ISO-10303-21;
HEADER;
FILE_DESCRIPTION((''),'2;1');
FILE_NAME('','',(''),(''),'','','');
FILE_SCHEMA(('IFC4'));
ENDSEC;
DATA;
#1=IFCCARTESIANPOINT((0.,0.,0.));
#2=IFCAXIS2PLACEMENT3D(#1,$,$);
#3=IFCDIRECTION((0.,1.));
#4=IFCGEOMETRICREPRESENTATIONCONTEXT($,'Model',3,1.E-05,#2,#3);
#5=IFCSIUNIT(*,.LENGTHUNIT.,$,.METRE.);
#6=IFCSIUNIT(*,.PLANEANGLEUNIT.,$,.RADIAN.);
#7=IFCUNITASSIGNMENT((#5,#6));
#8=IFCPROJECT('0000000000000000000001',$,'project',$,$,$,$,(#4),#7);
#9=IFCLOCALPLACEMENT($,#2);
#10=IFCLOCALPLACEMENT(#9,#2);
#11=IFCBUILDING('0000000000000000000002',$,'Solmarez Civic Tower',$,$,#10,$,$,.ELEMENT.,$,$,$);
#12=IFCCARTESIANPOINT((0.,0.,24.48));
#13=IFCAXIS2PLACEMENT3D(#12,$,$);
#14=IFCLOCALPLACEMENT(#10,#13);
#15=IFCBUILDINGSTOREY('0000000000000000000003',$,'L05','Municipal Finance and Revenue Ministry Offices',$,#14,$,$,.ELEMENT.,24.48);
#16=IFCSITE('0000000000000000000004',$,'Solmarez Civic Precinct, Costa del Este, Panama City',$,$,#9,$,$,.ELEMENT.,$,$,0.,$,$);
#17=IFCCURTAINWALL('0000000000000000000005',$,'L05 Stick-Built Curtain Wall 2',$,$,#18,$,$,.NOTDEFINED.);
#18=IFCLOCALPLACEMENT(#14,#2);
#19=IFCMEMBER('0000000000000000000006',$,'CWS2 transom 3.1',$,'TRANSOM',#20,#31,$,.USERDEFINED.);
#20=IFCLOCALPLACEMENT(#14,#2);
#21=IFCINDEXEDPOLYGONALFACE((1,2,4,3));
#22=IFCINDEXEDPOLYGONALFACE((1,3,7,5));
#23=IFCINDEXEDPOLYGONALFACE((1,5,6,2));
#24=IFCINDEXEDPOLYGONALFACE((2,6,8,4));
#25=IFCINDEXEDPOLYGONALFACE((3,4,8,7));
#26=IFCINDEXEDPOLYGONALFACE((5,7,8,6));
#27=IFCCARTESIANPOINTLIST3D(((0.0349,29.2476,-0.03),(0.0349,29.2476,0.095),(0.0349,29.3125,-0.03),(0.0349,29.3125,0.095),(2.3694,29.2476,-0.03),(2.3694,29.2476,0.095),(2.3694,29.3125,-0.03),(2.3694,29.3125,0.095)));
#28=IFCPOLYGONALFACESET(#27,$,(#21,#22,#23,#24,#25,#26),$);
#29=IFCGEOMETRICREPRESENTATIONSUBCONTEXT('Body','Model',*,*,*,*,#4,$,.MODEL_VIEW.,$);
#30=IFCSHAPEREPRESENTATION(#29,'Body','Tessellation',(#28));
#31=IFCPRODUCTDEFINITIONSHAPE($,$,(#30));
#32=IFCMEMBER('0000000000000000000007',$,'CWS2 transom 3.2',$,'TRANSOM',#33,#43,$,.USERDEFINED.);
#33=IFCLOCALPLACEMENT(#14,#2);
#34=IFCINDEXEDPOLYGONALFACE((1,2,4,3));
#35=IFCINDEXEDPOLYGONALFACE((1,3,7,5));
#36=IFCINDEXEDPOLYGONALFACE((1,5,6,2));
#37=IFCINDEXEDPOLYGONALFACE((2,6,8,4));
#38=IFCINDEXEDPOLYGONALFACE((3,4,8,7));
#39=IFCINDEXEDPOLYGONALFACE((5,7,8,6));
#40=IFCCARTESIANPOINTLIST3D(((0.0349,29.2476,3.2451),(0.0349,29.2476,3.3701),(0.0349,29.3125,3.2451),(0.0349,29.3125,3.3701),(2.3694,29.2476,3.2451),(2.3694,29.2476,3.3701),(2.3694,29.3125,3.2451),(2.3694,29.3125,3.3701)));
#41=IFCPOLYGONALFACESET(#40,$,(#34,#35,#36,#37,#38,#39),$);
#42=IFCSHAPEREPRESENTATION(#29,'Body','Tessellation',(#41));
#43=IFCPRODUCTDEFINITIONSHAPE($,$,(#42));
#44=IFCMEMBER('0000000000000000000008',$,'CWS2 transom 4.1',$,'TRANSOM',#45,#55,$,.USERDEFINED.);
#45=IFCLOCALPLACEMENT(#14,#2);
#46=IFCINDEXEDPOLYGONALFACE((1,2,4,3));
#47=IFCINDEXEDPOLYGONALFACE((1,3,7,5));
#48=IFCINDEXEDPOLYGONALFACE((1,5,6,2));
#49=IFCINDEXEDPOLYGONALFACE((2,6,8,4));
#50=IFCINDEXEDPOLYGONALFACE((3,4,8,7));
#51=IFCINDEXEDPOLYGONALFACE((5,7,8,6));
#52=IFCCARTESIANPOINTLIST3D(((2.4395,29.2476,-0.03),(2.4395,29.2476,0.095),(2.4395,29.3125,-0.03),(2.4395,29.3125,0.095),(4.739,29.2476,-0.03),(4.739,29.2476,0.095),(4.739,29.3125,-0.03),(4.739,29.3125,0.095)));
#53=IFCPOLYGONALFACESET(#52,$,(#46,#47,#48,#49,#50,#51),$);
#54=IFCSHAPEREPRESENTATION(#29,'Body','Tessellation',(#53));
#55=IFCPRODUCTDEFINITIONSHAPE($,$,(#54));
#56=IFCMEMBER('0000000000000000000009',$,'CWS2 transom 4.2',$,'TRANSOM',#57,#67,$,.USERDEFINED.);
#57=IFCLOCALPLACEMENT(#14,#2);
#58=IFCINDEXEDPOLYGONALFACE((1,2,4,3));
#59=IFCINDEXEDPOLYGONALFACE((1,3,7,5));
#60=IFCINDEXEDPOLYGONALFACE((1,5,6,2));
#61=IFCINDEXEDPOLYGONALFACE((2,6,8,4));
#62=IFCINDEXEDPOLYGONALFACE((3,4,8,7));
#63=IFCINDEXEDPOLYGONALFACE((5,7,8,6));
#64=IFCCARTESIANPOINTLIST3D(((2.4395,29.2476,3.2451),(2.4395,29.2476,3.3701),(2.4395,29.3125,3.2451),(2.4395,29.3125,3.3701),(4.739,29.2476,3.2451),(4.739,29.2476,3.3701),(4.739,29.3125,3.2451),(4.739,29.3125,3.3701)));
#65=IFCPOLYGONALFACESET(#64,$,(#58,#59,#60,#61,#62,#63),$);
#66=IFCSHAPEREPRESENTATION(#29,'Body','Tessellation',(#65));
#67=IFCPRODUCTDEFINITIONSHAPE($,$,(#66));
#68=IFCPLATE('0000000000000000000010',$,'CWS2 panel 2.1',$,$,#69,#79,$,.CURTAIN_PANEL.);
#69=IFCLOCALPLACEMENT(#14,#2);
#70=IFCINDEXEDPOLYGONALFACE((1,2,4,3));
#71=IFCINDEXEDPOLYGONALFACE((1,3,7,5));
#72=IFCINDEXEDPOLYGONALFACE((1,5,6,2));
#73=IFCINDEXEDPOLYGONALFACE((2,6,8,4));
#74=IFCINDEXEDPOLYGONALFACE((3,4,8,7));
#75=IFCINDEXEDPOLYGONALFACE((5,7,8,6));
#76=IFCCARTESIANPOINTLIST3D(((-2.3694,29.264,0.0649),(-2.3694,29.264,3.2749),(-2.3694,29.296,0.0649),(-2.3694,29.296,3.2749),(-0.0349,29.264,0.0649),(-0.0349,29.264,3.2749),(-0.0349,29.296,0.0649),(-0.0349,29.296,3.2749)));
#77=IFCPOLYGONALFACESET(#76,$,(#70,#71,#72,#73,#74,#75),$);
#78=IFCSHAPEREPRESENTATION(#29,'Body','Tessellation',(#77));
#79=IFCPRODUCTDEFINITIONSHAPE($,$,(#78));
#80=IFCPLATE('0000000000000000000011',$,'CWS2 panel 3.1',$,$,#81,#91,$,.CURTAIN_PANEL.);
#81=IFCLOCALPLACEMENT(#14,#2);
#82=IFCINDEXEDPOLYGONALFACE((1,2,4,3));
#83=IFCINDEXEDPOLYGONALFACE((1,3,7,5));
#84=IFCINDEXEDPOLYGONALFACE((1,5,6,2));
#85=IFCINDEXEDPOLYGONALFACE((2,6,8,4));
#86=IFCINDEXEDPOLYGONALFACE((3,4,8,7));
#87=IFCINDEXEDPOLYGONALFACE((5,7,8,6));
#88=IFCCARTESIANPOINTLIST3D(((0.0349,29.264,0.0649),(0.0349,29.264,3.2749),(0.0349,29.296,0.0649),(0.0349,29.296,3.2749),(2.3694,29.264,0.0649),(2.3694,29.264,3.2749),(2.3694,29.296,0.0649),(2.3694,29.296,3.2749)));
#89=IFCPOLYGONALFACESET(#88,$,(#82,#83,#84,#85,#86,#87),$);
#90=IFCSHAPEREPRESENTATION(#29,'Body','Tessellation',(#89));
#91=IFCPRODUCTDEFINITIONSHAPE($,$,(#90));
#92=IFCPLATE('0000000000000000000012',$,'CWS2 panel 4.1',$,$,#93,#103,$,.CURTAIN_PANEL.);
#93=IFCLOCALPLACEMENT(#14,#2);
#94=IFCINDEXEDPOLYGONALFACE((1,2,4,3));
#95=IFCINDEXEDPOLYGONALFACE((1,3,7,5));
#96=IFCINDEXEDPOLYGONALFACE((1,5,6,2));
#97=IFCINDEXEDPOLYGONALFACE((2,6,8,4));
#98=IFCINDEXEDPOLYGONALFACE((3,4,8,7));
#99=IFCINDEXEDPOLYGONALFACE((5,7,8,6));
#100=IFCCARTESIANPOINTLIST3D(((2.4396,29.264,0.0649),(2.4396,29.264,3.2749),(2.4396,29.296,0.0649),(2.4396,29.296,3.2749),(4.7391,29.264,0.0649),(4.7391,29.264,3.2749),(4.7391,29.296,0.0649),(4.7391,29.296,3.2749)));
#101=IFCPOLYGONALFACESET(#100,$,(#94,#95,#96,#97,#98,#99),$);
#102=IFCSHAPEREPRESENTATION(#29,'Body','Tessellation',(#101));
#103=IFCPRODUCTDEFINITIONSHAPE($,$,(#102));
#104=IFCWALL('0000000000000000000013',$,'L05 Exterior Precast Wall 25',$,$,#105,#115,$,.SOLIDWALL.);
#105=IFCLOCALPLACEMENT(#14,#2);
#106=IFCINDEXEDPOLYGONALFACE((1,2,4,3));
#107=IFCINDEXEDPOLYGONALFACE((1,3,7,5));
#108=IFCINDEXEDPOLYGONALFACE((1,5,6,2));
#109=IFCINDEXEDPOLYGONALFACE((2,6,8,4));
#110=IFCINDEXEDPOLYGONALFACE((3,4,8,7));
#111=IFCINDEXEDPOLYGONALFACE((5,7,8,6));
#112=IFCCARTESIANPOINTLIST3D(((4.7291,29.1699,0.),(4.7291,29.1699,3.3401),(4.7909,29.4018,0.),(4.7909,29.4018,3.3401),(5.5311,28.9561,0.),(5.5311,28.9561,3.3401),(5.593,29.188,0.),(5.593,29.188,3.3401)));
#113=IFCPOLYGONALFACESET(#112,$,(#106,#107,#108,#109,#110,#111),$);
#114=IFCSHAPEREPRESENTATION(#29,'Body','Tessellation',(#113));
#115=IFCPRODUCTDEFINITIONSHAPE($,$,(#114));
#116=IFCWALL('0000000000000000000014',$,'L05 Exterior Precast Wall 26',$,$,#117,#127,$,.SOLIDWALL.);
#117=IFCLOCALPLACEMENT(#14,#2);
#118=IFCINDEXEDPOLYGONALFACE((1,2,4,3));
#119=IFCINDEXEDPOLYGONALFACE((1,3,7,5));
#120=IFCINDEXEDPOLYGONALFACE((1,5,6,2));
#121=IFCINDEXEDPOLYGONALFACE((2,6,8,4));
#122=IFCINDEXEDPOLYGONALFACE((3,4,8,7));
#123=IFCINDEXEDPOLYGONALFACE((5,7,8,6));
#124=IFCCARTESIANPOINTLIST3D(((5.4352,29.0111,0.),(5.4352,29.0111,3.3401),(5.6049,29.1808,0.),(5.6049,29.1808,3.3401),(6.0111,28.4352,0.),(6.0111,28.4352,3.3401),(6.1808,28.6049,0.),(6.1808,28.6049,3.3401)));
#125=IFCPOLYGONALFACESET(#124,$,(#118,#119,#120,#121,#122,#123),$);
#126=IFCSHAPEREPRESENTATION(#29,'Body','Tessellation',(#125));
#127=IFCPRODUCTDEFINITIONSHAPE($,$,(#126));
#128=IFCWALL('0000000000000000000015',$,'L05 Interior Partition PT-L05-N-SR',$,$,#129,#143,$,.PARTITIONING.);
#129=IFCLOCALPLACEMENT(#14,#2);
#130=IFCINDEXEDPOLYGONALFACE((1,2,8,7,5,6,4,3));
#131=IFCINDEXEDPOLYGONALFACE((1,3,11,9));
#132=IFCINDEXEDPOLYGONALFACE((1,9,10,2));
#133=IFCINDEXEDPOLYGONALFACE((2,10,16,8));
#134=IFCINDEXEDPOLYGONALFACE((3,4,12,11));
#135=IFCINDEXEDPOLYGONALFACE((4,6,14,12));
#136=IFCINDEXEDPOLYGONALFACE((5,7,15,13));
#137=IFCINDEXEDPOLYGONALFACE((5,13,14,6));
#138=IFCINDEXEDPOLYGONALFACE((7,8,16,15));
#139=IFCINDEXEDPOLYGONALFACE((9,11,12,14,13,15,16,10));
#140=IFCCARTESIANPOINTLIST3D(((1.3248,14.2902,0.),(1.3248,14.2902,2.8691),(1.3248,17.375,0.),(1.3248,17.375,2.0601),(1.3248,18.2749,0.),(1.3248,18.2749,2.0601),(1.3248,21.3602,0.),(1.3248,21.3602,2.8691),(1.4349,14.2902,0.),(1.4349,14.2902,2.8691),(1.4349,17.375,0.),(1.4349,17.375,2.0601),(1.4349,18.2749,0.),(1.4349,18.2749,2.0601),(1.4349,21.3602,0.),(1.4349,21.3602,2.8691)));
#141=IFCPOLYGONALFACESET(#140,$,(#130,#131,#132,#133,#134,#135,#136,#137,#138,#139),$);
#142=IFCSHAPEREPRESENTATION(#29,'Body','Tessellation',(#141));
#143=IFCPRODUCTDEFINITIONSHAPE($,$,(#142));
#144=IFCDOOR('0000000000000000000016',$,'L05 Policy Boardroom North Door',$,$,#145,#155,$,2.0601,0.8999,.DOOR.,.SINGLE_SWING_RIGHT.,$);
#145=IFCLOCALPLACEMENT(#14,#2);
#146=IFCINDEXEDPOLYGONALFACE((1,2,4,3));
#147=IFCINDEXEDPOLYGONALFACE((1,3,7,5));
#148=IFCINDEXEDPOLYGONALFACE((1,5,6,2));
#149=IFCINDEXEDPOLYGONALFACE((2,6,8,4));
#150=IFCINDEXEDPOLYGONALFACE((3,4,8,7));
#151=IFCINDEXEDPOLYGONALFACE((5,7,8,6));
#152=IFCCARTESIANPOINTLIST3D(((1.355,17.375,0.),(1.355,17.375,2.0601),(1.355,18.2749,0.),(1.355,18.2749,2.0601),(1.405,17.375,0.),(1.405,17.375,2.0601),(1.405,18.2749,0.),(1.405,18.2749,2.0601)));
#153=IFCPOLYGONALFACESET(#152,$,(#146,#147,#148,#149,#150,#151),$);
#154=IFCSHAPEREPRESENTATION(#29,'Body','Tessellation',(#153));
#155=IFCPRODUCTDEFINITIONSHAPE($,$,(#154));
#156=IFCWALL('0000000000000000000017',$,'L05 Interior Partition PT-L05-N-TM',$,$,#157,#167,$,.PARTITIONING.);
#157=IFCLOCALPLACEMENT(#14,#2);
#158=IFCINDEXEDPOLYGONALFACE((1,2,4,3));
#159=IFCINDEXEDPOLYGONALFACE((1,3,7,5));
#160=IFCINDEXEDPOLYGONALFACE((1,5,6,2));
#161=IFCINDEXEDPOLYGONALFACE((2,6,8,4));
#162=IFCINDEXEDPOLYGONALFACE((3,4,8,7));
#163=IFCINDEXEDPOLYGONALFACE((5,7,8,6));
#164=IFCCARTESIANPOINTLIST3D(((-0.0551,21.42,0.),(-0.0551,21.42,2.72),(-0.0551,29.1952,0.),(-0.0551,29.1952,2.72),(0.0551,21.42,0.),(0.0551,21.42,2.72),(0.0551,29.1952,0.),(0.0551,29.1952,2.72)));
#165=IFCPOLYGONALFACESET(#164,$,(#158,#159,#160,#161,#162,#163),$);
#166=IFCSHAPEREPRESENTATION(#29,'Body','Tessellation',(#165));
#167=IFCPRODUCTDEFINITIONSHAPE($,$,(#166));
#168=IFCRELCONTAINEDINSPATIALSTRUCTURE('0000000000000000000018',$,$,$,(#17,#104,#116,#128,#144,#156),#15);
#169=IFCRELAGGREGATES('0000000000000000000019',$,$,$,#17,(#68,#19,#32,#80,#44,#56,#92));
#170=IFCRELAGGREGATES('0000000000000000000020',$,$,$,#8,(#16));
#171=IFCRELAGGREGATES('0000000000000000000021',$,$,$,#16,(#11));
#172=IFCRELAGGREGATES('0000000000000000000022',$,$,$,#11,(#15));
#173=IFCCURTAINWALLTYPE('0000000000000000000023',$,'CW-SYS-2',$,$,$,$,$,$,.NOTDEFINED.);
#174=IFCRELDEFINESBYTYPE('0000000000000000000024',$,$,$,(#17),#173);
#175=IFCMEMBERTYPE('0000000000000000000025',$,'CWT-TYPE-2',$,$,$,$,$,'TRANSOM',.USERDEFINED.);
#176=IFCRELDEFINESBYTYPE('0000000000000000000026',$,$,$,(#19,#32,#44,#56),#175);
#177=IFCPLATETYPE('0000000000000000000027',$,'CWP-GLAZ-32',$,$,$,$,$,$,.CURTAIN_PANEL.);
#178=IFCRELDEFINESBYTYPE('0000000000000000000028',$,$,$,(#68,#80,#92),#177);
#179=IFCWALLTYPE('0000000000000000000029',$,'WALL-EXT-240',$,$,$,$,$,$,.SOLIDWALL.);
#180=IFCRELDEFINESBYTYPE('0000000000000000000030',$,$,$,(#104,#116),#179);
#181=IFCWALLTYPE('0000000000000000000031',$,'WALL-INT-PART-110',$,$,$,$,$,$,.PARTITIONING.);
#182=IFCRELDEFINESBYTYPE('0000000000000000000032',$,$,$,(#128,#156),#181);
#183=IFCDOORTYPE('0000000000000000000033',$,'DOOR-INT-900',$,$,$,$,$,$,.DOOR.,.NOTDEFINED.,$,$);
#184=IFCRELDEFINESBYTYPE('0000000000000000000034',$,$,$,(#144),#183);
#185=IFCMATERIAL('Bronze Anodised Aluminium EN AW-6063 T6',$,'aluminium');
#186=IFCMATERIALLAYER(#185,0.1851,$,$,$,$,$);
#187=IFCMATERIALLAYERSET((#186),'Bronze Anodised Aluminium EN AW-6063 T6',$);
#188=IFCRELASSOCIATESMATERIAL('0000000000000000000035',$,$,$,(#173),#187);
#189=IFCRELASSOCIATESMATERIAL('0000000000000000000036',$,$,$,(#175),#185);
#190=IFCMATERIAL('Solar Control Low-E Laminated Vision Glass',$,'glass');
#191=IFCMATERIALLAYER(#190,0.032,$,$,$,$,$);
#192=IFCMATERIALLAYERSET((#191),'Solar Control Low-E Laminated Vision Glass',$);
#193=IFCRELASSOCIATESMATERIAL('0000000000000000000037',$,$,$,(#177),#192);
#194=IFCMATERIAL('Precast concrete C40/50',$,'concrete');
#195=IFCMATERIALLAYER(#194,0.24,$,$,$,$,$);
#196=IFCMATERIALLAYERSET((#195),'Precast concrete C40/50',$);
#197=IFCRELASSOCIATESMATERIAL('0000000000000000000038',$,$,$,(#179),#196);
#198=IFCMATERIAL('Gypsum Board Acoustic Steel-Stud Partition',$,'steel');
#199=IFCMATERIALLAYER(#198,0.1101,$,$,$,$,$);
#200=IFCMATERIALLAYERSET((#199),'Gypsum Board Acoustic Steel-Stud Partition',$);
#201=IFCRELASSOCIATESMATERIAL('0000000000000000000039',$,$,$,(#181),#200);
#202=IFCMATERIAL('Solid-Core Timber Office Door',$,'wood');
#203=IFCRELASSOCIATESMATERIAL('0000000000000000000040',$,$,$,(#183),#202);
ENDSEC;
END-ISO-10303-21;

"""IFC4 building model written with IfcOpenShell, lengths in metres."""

from ifc_helpers import new_model, si_unit, direction, frame, frame_2d, origin, origin_2d, place, context, subcontext, project, spatial, rectangle, extrude, material, layer, layer_set, material_profile, profile_set, type_object, element, fill, aggregate, save


model = new_model("IFC4")

# Units and contexts
model_context = context("Model", 3, precision=1e-05, world=origin(), true_north=direction((0.0, 1.0)))
body_context = subcontext(model_context, "Body", "Model", "MODEL_VIEW")
ifc_project = project(units=[si_unit("LENGTHUNIT", "METRE"), si_unit("PLANEANGLEUNIT", "RADIAN")], contexts=[model_context])

# Site, building, storey
site_placement = place(None, origin())
site = spatial("IfcSite", under=ifc_project, at=site_placement, Name="Solmarez Civic Precinct, Costa del Este, Panama City", CompositionType="ELEMENT", RefElevation=0.0)
building_placement = place(site_placement, origin())
building = spatial("IfcBuilding", under=site, at=building_placement, Name="Solmarez Civic Tower", CompositionType="ELEMENT")
storey_placement = place(building_placement, frame((0.0, 0.0, 24.48)))
storey = spatial("IfcBuildingStorey", under=building, at=storey_placement, Name="L05", Description="Municipal Finance and Revenue Ministry Offices", CompositionType="ELEMENT", Elevation=24.48)

# Curtain wall, members, plates
ifc_material_1 = material(Name="Bronze Anodised Aluminium EN AW-6063 T6", Category="aluminium")
ifc_layer_1 = layer(ifc_material_1, 0.1851)
ifc_layer_set_1 = layer_set([ifc_layer_1], Name="Bronze Anodised Aluminium EN AW-6063 T6")
curtain_wall_type = type_object("IfcCurtainWallType", Name="CW-SYS-2", PredefinedType="NOTDEFINED", material=ifc_layer_set_1)
curtain_wall_placement = place(storey_placement, origin())
curtain_wall = element("IfcCurtainWall", 1, at=curtain_wall_placement, inside=storey, type_object=curtain_wall_type, Name="L05 Stick-Built Curtain Wall 2", PredefinedType="NOTDEFINED")
ifc_material_profile_1 = material_profile(ifc_material_1, rectangle(XDim=0.0649, YDim=0.125, at=origin_2d()), Name="CWT-65X125")
ifc_profile_set_1 = profile_set([ifc_material_profile_1], Name="Bronze Anodised Aluminium EN AW-6063 T6")
member_type_1 = type_object("IfcMemberType", Name="CWT-TYPE-2", ElementType="TRANSOM", PredefinedType="USERDEFINED", material=ifc_profile_set_1)
member_1_placement = place(storey_placement, frame((0.0349, 29.28, 0.0325), z_axis=(1.0, 0.0, 0.0), x_axis=(0.0, 1.0, 0.0)))
member_1 = element("IfcMember", 2, at=member_1_placement, type_object=member_type_1, Name="CWS2 transom 3.1", ObjectType="TRANSOM", PredefinedType="USERDEFINED", context=body_context, shape_type="SweptSolid", body=[
    extrude(rectangle(XDim=0.0649, YDim=0.125, at=origin_2d()), origin(), (0.0, 0.0, 1.0), 2.3345),
])
member_2_placement = place(storey_placement, frame((0.0349, 29.28, 3.3076), z_axis=(1.0, 0.0, 0.0), x_axis=(0.0, 1.0, 0.0)))
member_2 = element("IfcMember", 3, at=member_2_placement, type_object=member_type_1, Name="CWS2 transom 3.2", ObjectType="TRANSOM", PredefinedType="USERDEFINED", context=body_context, shape_type="SweptSolid", body=[
    extrude(rectangle(XDim=0.0649, YDim=0.125, at=origin_2d()), origin(), (0.0, 0.0, 1.0), 2.3345),
])
member_3_placement = place(storey_placement, frame((2.4395, 29.28, 0.0325), z_axis=(1.0, 0.0, 0.0), x_axis=(0.0, 1.0, 0.0)))
member_3 = element("IfcMember", 4, at=member_3_placement, type_object=member_type_1, Name="CWS2 transom 4.1", ObjectType="TRANSOM", PredefinedType="USERDEFINED", context=body_context, shape_type="SweptSolid", body=[
    extrude(rectangle(XDim=0.0649, YDim=0.125, at=origin_2d()), origin(), (0.0, 0.0, 1.0), 2.2996),
])
member_4_placement = place(storey_placement, frame((2.4395, 29.28, 3.3076), z_axis=(1.0, 0.0, 0.0), x_axis=(0.0, 1.0, 0.0)))
member_4 = element("IfcMember", 5, at=member_4_placement, type_object=member_type_1, Name="CWS2 transom 4.2", ObjectType="TRANSOM", PredefinedType="USERDEFINED", context=body_context, shape_type="SweptSolid", body=[
    extrude(rectangle(XDim=0.0649, YDim=0.125, at=origin_2d()), origin(), (0.0, 0.0, 1.0), 2.2996),
])
ifc_material_2 = material(Name="Solar Control Low-E Laminated Vision Glass", Category="glass")
ifc_layer_2 = layer(ifc_material_2, 0.032)
ifc_layer_set_2 = layer_set([ifc_layer_2], Name="Solar Control Low-E Laminated Vision Glass")
plate_type = type_object("IfcPlateType", Name="CWP-GLAZ-32", PredefinedType="CURTAIN_PANEL", material=ifc_layer_set_2)
plate_1_placement = place(storey_placement, frame((-1.2021, 29.28, 0.0649), z_axis=(0.0, 0.0, 1.0), x_axis=(1.0, 0.0, 0.0)))
plate_1 = element("IfcPlate", 6, at=plate_1_placement, type_object=plate_type, Name="CWS2 panel 2.1", PredefinedType="CURTAIN_PANEL", context=body_context, shape_type="SweptSolid", body=[
    extrude(rectangle(XDim=2.3345, YDim=0.032, at=origin_2d()), origin(), (0.0, 0.0, 1.0), 3.21),
])
plate_2_placement = place(storey_placement, frame((1.2021, 29.28, 0.0649), z_axis=(0.0, 0.0, 1.0), x_axis=(1.0, 0.0, 0.0)))
plate_2 = element("IfcPlate", 7, at=plate_2_placement, type_object=plate_type, Name="CWS2 panel 3.1", PredefinedType="CURTAIN_PANEL", context=body_context, shape_type="SweptSolid", body=[
    extrude(rectangle(XDim=2.3345, YDim=0.032, at=origin_2d()), origin(), (0.0, 0.0, 1.0), 3.21),
])
plate_3_placement = place(storey_placement, frame((3.5894, 29.28, 0.0649), z_axis=(0.0, 0.0, 1.0), x_axis=(1.0, 0.0, 0.0)))
plate_3 = element("IfcPlate", 8, at=plate_3_placement, type_object=plate_type, Name="CWS2 panel 4.1", PredefinedType="CURTAIN_PANEL", context=body_context, shape_type="SweptSolid", body=[
    extrude(rectangle(XDim=2.2996, YDim=0.032, at=origin_2d()), origin(), (0.0, 0.0, 1.0), 3.21),
])
aggregate(curtain_wall, [plate_1, member_1, member_2, plate_2, member_3, member_4, plate_3])

# Walls
ifc_material_3 = material(Name="Precast concrete C40/50", Category="concrete")
ifc_layer_3 = layer(ifc_material_3, 0.24)
ifc_layer_set_3 = layer_set([ifc_layer_3], Name="Precast concrete C40/50")
wall_type_1 = type_object("IfcWallType", Name="WALL-EXT-240", PredefinedType="SOLIDWALL", material=ifc_layer_set_3)
wall_1_placement = place(storey_placement, frame((4.76, 29.2859, 0.0), z_axis=(0.0, 0.0, 1.0), x_axis=(0.966235, -0.257663, 0.0)))
element("IfcWall", 9, at=wall_1_placement, inside=storey, type_object=wall_type_1, Name="L05 Exterior Precast Wall 25", PredefinedType="SOLIDWALL", context=body_context, shape_type="SweptSolid", body=[
    extrude(rectangle(XDim=0.8301, YDim=0.24, at=frame_2d((0.415, 0.0))), origin(), (0.0, 0.0, 1.0), 3.3401),
])
wall_2_placement = place(storey_placement, frame((5.52, 29.0959, 0.0), z_axis=(0.0, 0.0, 1.0), x_axis=(0.707107, -0.707107, 0.0)))
element("IfcWall", 10, at=wall_2_placement, inside=storey, type_object=wall_type_1, Name="L05 Exterior Precast Wall 26", PredefinedType="SOLIDWALL", context=body_context, shape_type="SweptSolid", body=[
    extrude(rectangle(XDim=0.8145, YDim=0.24, at=frame_2d((0.4072, 0.0))), origin(), (0.0, 0.0, 1.0), 3.3401),
])

# Wall, opening, door
ifc_material_4 = material(Name="Gypsum Board Acoustic Steel-Stud Partition", Category="steel")
ifc_layer_4 = layer(ifc_material_4, 0.1101)
ifc_layer_set_4 = layer_set([ifc_layer_4], Name="Gypsum Board Acoustic Steel-Stud Partition")
wall_type_2 = type_object("IfcWallType", Name="WALL-INT-PART-110", PredefinedType="PARTITIONING", material=ifc_layer_set_4)
wall_3_placement = place(storey_placement, frame((1.3799, 14.29, 0.0), z_axis=(0.0, 0.0, 1.0), x_axis=(0.0, 1.0, 0.0)))
wall_3 = element("IfcWall", 11, at=wall_3_placement, inside=storey, type_object=wall_type_2, Name="L05 Interior Partition PT-L05-N-SR", PredefinedType="PARTITIONING", context=body_context, shape_type="SweptSolid", body=[
    extrude(rectangle(XDim=7.0701, YDim=0.1101, at=frame_2d((3.5352, 0.0))), origin(), (0.0, 0.0, 1.0), 2.8691),
])
opening_1_placement = place(wall_3_placement, frame((3.085, 0.0, 0.0)))
opening_1 = element("IfcOpeningElement", 12, at=opening_1_placement, cuts=wall_3, PredefinedType="OPENING", context=body_context, shape_type="SweptSolid", body=[
    extrude(rectangle(XDim=0.8999, YDim=2.0601, at=frame_2d((0.45, 1.03))), frame((0.0, 0.0649, 0.0), z_axis=(0.0, -1.0, 0.0), x_axis=(1.0, 0.0, 0.0)), (0.0, 0.0, 1.0), 0.1301),
])
ifc_material_5 = material(Name="Solid-Core Timber Office Door", Category="wood")
door_type_1 = type_object("IfcDoorType", Name="DOOR-INT-900", OperationType="NOTDEFINED", PredefinedType="DOOR", material=ifc_material_5)
door_1_placement = place(opening_1_placement, origin())
door_1 = element("IfcDoor", 13, at=door_1_placement, inside=storey, type_object=door_type_1, Name="L05 Policy Boardroom North Door", OperationType="SINGLE_SWING_RIGHT", OverallHeight=2.0601, OverallWidth=0.8999, PredefinedType="DOOR", context=body_context, shape_type="SweptSolid", body=[
    extrude(rectangle(XDim=0.8999, YDim=2.0601, at=frame_2d((0.45, 1.03))), frame((0.0, 0.0249, 0.0), z_axis=(0.0, -1.0, 0.0), x_axis=(1.0, 0.0, 0.0)), (0.0, 0.0, 1.0), 0.05),
])
fill(opening_1, door_1)

# Wall
wall_4_placement = place(storey_placement, frame((0.0, 21.4199, 0.0), z_axis=(0.0, 0.0, 1.0), x_axis=(0.0, 1.0, 0.0)))
element("IfcWall", 14, at=wall_4_placement, inside=storey, type_object=wall_type_2, Name="L05 Interior Partition PT-L05-N-TM", PredefinedType="PARTITIONING", context=body_context, shape_type="SweptSolid", body=[
    extrude(rectangle(XDim=7.7751, YDim=0.1101, at=frame_2d((3.8877, 0.0))), origin(), (0.0, 0.0, 1.0), 2.72),
])

save(model, "model.ifc")
